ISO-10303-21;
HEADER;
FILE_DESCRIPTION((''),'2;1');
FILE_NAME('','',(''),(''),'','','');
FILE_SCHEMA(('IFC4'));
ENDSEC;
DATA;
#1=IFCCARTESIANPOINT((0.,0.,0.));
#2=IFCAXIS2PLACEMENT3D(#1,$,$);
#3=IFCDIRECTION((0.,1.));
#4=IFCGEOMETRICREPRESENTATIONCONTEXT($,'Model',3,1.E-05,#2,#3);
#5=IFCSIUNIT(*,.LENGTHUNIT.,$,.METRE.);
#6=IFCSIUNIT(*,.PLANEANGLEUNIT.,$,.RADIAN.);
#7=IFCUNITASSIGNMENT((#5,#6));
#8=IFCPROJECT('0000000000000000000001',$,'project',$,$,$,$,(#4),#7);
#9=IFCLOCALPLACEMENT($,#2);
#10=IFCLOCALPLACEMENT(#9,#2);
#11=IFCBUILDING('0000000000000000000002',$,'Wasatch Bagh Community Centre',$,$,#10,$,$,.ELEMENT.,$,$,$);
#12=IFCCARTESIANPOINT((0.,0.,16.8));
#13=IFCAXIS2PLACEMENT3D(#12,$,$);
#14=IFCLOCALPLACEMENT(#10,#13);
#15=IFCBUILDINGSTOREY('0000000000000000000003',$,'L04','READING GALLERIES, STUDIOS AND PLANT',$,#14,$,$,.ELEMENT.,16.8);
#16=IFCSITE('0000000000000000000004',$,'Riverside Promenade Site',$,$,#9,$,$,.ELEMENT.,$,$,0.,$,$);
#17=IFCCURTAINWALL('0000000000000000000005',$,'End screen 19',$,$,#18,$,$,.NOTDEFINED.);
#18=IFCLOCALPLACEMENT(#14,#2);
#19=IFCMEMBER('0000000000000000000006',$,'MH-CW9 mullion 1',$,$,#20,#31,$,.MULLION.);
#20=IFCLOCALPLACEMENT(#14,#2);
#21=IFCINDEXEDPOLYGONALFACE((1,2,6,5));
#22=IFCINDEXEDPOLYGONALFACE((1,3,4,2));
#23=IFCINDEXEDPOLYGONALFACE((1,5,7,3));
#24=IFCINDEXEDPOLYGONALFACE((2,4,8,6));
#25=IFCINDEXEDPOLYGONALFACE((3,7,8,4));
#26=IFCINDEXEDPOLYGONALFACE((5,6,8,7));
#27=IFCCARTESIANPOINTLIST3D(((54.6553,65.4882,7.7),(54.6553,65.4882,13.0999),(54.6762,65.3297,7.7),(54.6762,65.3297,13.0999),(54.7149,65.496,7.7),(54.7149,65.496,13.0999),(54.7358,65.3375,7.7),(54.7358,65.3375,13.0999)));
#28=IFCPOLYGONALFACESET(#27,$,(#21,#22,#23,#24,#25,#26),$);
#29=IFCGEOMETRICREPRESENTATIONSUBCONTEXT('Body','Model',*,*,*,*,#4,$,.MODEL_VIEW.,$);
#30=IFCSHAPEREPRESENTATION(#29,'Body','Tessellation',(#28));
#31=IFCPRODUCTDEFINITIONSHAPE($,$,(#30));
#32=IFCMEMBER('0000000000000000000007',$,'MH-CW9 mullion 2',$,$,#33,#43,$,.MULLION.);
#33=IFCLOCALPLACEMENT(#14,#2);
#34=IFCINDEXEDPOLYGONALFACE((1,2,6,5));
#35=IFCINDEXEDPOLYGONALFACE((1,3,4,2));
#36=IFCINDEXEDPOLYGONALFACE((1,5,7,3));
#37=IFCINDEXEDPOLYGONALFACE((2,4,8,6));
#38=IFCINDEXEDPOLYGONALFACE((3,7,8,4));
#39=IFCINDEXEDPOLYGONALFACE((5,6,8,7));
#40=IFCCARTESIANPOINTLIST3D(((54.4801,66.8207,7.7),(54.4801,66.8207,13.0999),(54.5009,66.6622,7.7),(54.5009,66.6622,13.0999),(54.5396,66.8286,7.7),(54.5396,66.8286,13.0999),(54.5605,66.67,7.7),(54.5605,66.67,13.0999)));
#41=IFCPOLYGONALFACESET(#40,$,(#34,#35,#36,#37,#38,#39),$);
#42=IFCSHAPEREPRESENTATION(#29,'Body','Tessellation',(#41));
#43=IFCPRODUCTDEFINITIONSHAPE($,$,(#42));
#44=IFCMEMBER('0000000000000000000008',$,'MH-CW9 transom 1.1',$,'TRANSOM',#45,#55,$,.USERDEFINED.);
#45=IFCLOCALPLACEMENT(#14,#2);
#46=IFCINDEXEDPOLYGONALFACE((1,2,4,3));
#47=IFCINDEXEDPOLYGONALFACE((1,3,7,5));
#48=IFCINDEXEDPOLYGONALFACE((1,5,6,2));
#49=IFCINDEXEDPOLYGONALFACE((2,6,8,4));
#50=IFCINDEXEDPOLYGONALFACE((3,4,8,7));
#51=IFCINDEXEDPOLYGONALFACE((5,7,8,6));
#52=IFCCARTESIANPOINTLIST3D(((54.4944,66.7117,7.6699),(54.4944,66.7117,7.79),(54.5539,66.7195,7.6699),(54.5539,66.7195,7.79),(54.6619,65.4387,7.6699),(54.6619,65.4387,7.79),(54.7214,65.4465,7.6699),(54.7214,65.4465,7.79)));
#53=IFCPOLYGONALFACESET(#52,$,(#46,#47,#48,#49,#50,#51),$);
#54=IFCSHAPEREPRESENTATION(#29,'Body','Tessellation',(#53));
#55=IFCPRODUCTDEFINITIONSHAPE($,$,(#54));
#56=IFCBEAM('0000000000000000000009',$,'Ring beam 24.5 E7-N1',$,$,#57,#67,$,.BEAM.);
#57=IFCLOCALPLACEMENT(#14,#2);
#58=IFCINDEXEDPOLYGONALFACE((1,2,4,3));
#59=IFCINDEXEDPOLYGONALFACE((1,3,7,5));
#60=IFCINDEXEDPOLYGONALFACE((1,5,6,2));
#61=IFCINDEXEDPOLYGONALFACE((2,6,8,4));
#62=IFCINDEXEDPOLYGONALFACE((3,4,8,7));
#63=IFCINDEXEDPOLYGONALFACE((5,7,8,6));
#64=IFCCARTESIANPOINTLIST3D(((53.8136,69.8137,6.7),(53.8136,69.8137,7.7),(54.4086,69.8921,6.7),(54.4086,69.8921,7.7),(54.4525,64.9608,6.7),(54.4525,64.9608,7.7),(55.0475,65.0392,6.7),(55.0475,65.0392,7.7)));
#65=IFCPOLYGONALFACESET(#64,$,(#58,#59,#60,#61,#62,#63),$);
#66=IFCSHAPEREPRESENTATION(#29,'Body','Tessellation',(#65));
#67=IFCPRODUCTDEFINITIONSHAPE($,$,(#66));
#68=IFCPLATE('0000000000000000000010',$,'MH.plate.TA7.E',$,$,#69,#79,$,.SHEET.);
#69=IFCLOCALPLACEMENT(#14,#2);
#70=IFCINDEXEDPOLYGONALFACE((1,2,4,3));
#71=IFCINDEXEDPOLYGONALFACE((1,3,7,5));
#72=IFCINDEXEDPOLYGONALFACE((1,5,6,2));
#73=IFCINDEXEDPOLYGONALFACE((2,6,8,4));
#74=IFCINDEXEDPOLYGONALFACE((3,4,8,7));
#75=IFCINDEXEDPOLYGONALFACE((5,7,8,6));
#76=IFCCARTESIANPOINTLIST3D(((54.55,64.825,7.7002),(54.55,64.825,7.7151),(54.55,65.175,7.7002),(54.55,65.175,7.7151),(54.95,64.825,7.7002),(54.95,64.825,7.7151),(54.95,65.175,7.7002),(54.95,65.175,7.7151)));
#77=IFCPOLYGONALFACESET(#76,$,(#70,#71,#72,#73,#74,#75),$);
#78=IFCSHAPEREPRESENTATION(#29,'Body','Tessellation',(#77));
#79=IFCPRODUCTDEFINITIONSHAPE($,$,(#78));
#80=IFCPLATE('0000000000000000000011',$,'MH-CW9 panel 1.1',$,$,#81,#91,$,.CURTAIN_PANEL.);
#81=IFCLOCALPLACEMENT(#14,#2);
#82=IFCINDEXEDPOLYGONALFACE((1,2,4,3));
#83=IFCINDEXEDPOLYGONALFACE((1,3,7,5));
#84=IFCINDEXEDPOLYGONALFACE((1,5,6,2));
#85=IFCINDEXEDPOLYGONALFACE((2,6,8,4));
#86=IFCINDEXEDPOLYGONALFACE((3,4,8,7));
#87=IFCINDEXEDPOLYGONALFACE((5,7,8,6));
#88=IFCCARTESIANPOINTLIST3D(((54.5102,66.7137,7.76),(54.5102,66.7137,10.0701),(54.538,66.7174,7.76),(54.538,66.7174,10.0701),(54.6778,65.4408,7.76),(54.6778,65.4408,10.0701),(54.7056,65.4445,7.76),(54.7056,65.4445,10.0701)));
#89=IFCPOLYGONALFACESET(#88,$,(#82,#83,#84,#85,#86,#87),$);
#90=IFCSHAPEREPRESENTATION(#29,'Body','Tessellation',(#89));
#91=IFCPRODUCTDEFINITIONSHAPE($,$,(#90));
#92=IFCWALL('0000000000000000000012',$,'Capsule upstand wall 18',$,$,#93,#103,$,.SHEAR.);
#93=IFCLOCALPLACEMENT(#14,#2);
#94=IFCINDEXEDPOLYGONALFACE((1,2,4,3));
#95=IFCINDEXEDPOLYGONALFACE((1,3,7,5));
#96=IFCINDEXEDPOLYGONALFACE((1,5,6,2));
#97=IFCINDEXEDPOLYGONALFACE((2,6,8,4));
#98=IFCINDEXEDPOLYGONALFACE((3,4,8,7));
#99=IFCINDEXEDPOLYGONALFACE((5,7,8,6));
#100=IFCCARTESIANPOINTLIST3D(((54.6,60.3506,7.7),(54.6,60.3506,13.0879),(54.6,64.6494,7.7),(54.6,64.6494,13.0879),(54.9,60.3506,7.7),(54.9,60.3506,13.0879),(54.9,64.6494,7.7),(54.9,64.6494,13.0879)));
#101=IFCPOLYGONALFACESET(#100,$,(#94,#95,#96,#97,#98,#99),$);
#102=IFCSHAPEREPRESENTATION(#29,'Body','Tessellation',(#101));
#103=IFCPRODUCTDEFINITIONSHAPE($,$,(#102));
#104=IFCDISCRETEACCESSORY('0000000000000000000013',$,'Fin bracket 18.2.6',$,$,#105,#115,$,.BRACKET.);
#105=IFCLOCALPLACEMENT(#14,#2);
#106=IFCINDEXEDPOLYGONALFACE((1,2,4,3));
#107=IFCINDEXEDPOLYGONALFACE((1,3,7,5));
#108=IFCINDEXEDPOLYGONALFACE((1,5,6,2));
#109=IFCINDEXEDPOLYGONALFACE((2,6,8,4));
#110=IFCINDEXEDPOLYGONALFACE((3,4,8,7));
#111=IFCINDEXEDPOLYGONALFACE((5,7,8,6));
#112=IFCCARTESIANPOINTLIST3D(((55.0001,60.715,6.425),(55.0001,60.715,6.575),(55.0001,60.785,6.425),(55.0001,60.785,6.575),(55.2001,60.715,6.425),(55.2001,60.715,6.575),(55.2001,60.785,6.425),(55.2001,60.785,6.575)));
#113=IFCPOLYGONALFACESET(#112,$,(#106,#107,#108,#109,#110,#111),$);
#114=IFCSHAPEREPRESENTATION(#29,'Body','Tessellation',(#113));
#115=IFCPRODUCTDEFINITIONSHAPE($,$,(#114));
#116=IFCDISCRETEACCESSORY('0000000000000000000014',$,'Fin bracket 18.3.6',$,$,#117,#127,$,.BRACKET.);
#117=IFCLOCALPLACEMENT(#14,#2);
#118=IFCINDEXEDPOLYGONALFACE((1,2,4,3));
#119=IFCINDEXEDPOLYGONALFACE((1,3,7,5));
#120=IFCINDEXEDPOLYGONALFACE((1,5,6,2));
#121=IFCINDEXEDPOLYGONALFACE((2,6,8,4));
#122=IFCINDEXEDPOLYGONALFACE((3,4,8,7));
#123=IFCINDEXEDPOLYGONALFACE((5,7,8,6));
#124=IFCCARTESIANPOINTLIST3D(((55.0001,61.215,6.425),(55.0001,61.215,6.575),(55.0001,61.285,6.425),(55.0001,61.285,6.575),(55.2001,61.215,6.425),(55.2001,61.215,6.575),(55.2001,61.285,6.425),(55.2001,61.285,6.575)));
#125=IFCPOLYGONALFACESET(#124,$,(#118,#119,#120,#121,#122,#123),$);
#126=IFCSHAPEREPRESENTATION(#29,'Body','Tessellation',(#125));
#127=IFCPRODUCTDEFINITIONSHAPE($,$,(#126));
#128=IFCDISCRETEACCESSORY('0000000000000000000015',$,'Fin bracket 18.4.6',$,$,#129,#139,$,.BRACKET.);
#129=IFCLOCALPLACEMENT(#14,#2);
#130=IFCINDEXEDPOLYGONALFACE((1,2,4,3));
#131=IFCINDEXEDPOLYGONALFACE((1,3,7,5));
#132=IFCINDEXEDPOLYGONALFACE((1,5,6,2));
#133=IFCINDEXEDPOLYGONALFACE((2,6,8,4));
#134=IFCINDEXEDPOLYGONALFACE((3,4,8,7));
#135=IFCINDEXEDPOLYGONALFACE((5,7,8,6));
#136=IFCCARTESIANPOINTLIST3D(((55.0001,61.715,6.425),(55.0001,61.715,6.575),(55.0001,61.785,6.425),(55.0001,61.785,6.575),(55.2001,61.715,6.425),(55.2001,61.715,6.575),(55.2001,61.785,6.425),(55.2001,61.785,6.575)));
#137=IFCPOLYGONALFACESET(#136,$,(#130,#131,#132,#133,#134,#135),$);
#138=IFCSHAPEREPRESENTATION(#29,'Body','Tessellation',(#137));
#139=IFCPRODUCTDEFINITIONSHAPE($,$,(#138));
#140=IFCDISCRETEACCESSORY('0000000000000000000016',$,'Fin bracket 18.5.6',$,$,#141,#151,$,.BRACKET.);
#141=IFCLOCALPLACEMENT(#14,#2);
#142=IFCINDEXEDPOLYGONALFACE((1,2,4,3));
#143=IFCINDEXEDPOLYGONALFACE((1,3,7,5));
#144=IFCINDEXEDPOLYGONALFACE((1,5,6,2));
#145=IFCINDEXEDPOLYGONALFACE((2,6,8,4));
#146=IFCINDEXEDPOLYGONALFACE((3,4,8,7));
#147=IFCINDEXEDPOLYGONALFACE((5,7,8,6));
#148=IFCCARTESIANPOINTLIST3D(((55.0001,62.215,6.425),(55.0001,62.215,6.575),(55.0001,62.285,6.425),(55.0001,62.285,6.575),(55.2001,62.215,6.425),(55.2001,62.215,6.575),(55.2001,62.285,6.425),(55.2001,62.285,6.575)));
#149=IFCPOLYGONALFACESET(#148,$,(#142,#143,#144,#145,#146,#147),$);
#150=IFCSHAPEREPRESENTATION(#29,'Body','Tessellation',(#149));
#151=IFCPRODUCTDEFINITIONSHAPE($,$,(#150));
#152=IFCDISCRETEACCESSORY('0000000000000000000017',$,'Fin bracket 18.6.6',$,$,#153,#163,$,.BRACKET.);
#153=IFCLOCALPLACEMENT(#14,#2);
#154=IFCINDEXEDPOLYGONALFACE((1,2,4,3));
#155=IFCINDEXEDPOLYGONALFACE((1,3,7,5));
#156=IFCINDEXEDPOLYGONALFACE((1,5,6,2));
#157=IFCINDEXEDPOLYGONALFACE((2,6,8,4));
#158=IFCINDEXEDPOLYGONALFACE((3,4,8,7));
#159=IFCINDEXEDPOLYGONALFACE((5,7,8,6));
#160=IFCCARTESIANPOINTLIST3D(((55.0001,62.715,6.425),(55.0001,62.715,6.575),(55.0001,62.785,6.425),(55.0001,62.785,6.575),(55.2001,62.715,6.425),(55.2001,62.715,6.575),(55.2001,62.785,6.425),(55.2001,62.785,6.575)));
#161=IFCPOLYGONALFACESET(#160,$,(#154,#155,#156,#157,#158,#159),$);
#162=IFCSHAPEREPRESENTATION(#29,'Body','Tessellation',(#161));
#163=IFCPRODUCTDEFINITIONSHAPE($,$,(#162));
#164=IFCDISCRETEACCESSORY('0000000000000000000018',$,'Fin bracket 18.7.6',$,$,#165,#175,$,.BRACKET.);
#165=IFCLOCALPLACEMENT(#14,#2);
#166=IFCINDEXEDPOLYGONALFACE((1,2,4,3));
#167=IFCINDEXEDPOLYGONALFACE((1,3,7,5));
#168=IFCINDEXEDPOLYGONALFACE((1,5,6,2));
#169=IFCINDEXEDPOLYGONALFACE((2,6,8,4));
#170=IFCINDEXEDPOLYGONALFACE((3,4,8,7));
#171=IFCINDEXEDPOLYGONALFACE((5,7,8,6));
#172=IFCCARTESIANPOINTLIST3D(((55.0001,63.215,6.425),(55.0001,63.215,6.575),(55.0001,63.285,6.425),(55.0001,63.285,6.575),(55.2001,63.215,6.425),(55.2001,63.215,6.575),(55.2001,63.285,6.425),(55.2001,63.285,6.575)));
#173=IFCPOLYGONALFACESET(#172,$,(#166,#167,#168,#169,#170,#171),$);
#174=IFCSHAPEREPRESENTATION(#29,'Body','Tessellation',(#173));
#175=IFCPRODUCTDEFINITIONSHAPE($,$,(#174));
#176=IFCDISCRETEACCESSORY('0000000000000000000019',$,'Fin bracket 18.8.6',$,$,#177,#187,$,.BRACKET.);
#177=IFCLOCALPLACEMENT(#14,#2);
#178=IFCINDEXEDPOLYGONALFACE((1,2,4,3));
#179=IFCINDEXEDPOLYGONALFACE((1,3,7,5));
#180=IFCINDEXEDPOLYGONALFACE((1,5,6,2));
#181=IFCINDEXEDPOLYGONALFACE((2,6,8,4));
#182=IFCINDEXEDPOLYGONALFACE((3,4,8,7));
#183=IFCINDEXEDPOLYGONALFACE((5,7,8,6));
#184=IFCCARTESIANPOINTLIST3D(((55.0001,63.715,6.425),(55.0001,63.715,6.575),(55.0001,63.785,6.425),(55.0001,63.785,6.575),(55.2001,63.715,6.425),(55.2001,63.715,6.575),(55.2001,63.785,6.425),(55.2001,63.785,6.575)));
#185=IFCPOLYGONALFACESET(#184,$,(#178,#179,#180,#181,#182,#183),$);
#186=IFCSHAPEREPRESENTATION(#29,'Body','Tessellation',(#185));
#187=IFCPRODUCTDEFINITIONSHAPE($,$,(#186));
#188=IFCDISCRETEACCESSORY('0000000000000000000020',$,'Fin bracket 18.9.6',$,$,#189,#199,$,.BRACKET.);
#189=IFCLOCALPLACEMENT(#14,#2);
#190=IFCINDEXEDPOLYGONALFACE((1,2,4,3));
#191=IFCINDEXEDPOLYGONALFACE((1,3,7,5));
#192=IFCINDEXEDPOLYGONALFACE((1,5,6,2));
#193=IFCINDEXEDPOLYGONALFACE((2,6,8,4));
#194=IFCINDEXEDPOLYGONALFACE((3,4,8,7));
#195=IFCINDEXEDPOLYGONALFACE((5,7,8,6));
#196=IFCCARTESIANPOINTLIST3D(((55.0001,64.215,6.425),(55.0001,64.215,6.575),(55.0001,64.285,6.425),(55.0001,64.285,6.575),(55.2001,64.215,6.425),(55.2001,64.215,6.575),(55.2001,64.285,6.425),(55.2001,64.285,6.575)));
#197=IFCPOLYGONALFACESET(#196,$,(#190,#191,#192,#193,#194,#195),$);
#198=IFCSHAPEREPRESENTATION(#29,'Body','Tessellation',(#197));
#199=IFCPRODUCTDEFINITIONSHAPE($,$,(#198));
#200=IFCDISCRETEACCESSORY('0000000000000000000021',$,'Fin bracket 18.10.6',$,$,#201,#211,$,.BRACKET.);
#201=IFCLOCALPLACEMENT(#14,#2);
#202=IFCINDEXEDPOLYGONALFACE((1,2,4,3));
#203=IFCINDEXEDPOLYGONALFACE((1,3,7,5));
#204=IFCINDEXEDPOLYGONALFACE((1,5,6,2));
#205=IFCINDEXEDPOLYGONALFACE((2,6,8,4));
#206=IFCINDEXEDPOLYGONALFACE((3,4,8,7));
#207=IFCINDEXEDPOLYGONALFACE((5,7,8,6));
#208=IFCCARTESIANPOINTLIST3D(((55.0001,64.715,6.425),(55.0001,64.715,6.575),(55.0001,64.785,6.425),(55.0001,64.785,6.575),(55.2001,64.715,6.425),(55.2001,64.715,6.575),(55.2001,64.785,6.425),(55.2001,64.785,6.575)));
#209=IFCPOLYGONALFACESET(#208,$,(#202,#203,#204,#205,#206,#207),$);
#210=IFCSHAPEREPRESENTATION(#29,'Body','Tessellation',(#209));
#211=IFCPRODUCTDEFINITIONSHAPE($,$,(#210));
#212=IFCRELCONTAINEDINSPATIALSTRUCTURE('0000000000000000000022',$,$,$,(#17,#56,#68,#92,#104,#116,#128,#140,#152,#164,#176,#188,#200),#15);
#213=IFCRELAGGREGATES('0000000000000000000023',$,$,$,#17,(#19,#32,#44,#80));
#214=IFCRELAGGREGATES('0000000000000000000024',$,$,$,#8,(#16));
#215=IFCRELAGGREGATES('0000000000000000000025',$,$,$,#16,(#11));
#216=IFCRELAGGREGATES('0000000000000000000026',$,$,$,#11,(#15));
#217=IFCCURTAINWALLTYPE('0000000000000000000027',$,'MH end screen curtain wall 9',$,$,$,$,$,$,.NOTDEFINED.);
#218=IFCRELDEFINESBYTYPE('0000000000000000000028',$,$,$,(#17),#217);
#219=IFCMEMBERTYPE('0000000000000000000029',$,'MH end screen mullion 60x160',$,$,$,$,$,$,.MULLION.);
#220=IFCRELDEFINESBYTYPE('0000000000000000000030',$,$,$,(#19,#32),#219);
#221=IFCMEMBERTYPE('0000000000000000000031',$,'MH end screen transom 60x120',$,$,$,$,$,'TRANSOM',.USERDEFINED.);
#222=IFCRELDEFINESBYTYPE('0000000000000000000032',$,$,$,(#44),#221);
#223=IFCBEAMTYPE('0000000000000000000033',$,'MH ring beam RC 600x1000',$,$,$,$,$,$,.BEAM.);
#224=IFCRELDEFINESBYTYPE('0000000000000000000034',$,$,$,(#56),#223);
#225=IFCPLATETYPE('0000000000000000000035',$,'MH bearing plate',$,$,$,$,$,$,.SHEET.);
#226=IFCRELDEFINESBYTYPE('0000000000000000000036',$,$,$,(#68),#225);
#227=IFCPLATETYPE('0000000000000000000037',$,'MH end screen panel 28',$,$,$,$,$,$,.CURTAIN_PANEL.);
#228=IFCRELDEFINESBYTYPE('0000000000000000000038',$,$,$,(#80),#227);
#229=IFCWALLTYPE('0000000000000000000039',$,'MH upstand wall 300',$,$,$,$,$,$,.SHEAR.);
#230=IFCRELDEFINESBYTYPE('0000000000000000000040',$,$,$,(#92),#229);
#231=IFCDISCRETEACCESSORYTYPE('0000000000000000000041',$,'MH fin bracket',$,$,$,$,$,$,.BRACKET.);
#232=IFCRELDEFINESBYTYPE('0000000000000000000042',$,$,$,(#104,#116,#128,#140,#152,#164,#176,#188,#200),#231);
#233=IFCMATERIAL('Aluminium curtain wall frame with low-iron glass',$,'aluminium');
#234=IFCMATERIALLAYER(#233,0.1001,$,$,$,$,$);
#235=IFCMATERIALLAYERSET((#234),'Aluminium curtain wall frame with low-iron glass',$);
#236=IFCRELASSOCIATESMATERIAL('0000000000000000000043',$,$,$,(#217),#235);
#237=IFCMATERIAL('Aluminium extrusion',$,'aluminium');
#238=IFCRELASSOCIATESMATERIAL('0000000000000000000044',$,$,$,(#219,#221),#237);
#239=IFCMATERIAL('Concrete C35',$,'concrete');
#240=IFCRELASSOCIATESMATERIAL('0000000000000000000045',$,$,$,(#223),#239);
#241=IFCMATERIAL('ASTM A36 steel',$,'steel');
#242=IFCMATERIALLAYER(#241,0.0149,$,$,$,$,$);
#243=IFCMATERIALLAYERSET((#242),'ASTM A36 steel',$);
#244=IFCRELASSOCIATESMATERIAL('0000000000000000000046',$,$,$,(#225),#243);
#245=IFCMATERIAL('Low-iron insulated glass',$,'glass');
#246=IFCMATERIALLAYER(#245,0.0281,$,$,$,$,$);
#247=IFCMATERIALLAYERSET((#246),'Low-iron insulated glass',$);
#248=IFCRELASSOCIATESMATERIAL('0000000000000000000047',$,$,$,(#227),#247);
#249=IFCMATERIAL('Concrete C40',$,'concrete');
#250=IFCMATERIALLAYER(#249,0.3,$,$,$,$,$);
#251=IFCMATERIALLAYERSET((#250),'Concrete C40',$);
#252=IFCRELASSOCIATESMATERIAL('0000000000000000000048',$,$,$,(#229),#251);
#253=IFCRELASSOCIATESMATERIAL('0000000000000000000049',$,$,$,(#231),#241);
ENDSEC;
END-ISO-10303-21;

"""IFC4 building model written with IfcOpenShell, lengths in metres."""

from ifc_helpers import new_model, si_unit, direction, frame, frame_2d, origin, origin_2d, place, context, subcontext, project, spatial, rectangle, extrude, material, layer, layer_set, material_profile, profile_set, type_object, element, aggregate, save


model = new_model("IFC4")

# Units and contexts
model_context = context("Model", 3, precision=1e-05, world=origin(), true_north=direction((0.0, 1.0)))
body_context = subcontext(model_context, "Body", "Model", "MODEL_VIEW")
ifc_project = project(units=[si_unit("LENGTHUNIT", "METRE"), si_unit("PLANEANGLEUNIT", "RADIAN")], contexts=[model_context])

# Site, building, storey
site_placement = place(None, origin())
site = spatial("IfcSite", under=ifc_project, at=site_placement, Name="Riverside Promenade Site", CompositionType="ELEMENT", RefElevation=0.0)
building_placement = place(site_placement, origin())
building = spatial("IfcBuilding", under=site, at=building_placement, Name="Wasatch Bagh Community Centre", CompositionType="ELEMENT")
storey_placement = place(building_placement, frame((0.0, 0.0, 16.8)))
storey = spatial("IfcBuildingStorey", under=building, at=storey_placement, Name="L04", Description="READING GALLERIES, STUDIOS AND PLANT", CompositionType="ELEMENT", Elevation=16.8)

# Curtain wall, members
ifc_material_1 = material(Name="Aluminium curtain wall frame with low-iron glass", Category="aluminium")
ifc_layer_1 = layer(ifc_material_1, 0.1001)
ifc_layer_set_1 = layer_set([ifc_layer_1], Name="Aluminium curtain wall frame with low-iron glass")
curtain_wall_type = type_object("IfcCurtainWallType", Name="MH end screen curtain wall 9", PredefinedType="NOTDEFINED", material=ifc_layer_set_1)
curtain_wall_placement = place(storey_placement, origin())
curtain_wall = element("IfcCurtainWall", 1, at=curtain_wall_placement, inside=storey, type_object=curtain_wall_type, Name="End screen 19", PredefinedType="NOTDEFINED")
ifc_material_2 = material(Name="Aluminium extrusion", Category="aluminium")
ifc_material_profile_1 = material_profile(ifc_material_2, rectangle(XDim=0.0601, YDim=0.1599, at=origin_2d()), Name="AL 60x160")
ifc_profile_set_1 = profile_set([ifc_material_profile_1], Name="Aluminium extrusion")
member_type_1 = type_object("IfcMemberType", Name="MH end screen mullion 60x160", PredefinedType="MULLION", material=ifc_profile_set_1)
member_1_placement = place(storey_placement, frame((54.6956, 65.4128, 7.7), z_axis=(0.0, 0.0, 1.0), x_axis=(-0.991445, -0.130526, 0.0)))
member_1 = element("IfcMember", 2, at=member_1_placement, type_object=member_type_1, Name="MH-CW9 mullion 1", PredefinedType="MULLION", context=body_context, shape_type="SweptSolid", body=[
    extrude(rectangle(XDim=0.0601, YDim=0.1599, at=origin_2d()), origin(), (0.0, 0.0, 1.0), 5.3999),
])
member_2_placement = place(storey_placement, frame((54.5203, 66.7454, 7.7), z_axis=(0.0, 0.0, 1.0), x_axis=(-0.991445, -0.130526, 0.0)))
member_2 = element("IfcMember", 3, at=member_2_placement, type_object=member_type_1, Name="MH-CW9 mullion 2", PredefinedType="MULLION", context=body_context, shape_type="SweptSolid", body=[
    extrude(rectangle(XDim=0.0601, YDim=0.1599, at=origin_2d()), origin(), (0.0, 0.0, 1.0), 5.3999),
])
ifc_material_profile_2 = material_profile(ifc_material_2, rectangle(XDim=0.0601, YDim=0.1201, at=origin_2d()), Name="AL 60x120")
ifc_profile_set_2 = profile_set([ifc_material_profile_2], Name="Aluminium extrusion")
member_type_2 = type_object("IfcMemberType", Name="MH end screen transom 60x120", ElementType="TRANSOM", PredefinedType="USERDEFINED", material=ifc_profile_set_2)
member_3_placement = place(storey_placement, frame((54.6917, 65.4426, 7.73), z_axis=(-0.130445, 0.991456, 0.0), x_axis=(-0.991456, -0.130445, 0.0)))
member_3 = element("IfcMember", 4, at=member_3_placement, type_object=member_type_2, Name="MH-CW9 transom 1.1", ObjectType="TRANSOM", PredefinedType="USERDEFINED", context=body_context, shape_type="SweptSolid", body=[
    extrude(rectangle(XDim=0.0601, YDim=0.1201, at=origin_2d()), origin(), (0.0, 0.0, 1.0), 1.2839),
])

# Beam
ifc_material_3 = material(Name="Concrete C35", Category="concrete")
ifc_material_profile_3 = material_profile(ifc_material_3, rectangle(XDim=0.6001, YDim=1.0, at=origin_2d()), Name="RC 600x1000")
ifc_profile_set_3 = profile_set([ifc_material_profile_3], Name="Concrete C35")
beam_type = type_object("IfcBeamType", Name="MH ring beam RC 600x1000", PredefinedType="BEAM", material=ifc_profile_set_3)
beam_placement = place(storey_placement, frame((54.75, 65.0, 7.2), z_axis=(-0.130533, 0.991444, 0.0), x_axis=(-0.991444, -0.130533, 0.0)))
element("IfcBeam", 5, at=beam_placement, inside=storey, type_object=beam_type, Name="Ring beam 24.5 E7-N1", PredefinedType="BEAM", context=body_context, shape_type="SweptSolid", body=[
    extrude(rectangle(XDim=0.6001, YDim=1.0, at=origin_2d()), origin(), (0.0, 0.0, 1.0), 4.8948),
])

# Plates
ifc_material_4 = material(Name="ASTM A36 steel", Category="steel")
ifc_layer_2 = layer(ifc_material_4, 0.0149)
ifc_layer_set_2 = layer_set([ifc_layer_2], Name="ASTM A36 steel")
plate_type_1 = type_object("IfcPlateType", Name="MH bearing plate", PredefinedType="SHEET", material=ifc_layer_set_2)
plate_1_placement = place(storey_placement, frame((54.75, 65.0, 7.7002), z_axis=(0.0, 0.0, 1.0), x_axis=(1.0, 0.0, 0.0)))
element("IfcPlate", 6, at=plate_1_placement, inside=storey, type_object=plate_type_1, Name="MH.plate.TA7.E", PredefinedType="SHEET", context=body_context, shape_type="SweptSolid", body=[
    extrude(rectangle(XDim=0.3999, YDim=0.3501, at=origin_2d()), origin(), (0.0, 0.0, 1.0), 0.0149),
])
ifc_material_5 = material(Name="Low-iron insulated glass", Category="glass")
ifc_layer_3 = layer(ifc_material_5, 0.0281)
ifc_layer_set_3 = layer_set([ifc_layer_3], Name="Low-iron insulated glass")
plate_type_2 = type_object("IfcPlateType", Name="MH end screen panel 28", PredefinedType="CURTAIN_PANEL", material=ifc_layer_set_3)
plate_2_placement = place(storey_placement, frame((54.6079, 66.0791, 7.76), z_axis=(0.0, 0.0, 1.0), x_axis=(-0.130526, 0.991445, 0.0)))
plate_2 = element("IfcPlate", 7, at=plate_2_placement, type_object=plate_type_2, Name="MH-CW9 panel 1.1", PredefinedType="CURTAIN_PANEL", context=body_context, shape_type="SweptSolid", body=[
    extrude(rectangle(XDim=1.2839, YDim=0.0281, at=origin_2d()), origin(), (0.0, 0.0, 1.0), 2.3101),
])
aggregate(curtain_wall, [member_1, member_2, member_3, plate_2])

# Wall
ifc_material_6 = material(Name="Concrete C40", Category="concrete")
ifc_layer_4 = layer(ifc_material_6, 0.3)
ifc_layer_set_4 = layer_set([ifc_layer_4], Name="Concrete C40")
wall_type = type_object("IfcWallType", Name="MH upstand wall 300", PredefinedType="SHEAR", material=ifc_layer_set_4)
wall_placement = place(storey_placement, frame((54.75, 60.3506, 7.7), z_axis=(0.0, 0.0, 1.0), x_axis=(0.0, 1.0, 0.0)))
element("IfcWall", 8, at=wall_placement, inside=storey, type_object=wall_type, Name="Capsule upstand wall 18", PredefinedType="SHEAR", context=body_context, shape_type="SweptSolid", body=[
    extrude(rectangle(XDim=4.2988, YDim=0.3, at=frame_2d((2.1494, 0.0))), origin(), (0.0, 0.0, 1.0), 5.3879),
])

# Discrete accessories
discrete_accessory_type_1 = type_object("IfcDiscreteAccessoryType", Name="MH fin bracket", PredefinedType="BRACKET", material=ifc_material_4)
for number, where, z_axis, x_axis, name in (
    (9, (55.1001, 60.75, 6.425), (0.0, 0.0, 1.0), (0.0, 1.0, 0.0), "Fin bracket 18.2.6"),
    (10, (55.1001, 61.25, 6.425), (0.0, 0.0, 1.0), (0.0, 1.0, 0.0), "Fin bracket 18.3.6"),
    (11, (55.1001, 61.75, 6.425), (0.0, 0.0, 1.0), (0.0, 1.0, 0.0), "Fin bracket 18.4.6"),
    (12, (55.1001, 62.25, 6.425), (0.0, 0.0, 1.0), (0.0, 1.0, 0.0), "Fin bracket 18.5.6"),
    (13, (55.1001, 62.75, 6.425), (0.0, 0.0, 1.0), (0.0, 1.0, 0.0), "Fin bracket 18.6.6"),
    (14, (55.1001, 63.25, 6.425), (0.0, 0.0, 1.0), (0.0, 1.0, 0.0), "Fin bracket 18.7.6"),
    (15, (55.1001, 63.75, 6.425), (0.0, 0.0, 1.0), (0.0, 1.0, 0.0), "Fin bracket 18.8.6"),
    (16, (55.1001, 64.25, 6.425), (0.0, 0.0, 1.0), (0.0, 1.0, 0.0), "Fin bracket 18.9.6"),
    (17, (55.1001, 64.75, 6.425), (0.0, 0.0, 1.0), (0.0, 1.0, 0.0), "Fin bracket 18.10.6"),
):
    element("IfcDiscreteAccessory", number, at=place(storey_placement, frame(where, z_axis=z_axis, x_axis=x_axis)), inside=storey, type_object=discrete_accessory_type_1, Name=name, PredefinedType="BRACKET", context=body_context, shape_type="SweptSolid", body=[
        extrude(rectangle(XDim=0.0701, YDim=0.2, at=origin_2d()), origin(), (0.0, 0.0, 1.0), 0.1499),
    ])

save(model, "model.ifc")
